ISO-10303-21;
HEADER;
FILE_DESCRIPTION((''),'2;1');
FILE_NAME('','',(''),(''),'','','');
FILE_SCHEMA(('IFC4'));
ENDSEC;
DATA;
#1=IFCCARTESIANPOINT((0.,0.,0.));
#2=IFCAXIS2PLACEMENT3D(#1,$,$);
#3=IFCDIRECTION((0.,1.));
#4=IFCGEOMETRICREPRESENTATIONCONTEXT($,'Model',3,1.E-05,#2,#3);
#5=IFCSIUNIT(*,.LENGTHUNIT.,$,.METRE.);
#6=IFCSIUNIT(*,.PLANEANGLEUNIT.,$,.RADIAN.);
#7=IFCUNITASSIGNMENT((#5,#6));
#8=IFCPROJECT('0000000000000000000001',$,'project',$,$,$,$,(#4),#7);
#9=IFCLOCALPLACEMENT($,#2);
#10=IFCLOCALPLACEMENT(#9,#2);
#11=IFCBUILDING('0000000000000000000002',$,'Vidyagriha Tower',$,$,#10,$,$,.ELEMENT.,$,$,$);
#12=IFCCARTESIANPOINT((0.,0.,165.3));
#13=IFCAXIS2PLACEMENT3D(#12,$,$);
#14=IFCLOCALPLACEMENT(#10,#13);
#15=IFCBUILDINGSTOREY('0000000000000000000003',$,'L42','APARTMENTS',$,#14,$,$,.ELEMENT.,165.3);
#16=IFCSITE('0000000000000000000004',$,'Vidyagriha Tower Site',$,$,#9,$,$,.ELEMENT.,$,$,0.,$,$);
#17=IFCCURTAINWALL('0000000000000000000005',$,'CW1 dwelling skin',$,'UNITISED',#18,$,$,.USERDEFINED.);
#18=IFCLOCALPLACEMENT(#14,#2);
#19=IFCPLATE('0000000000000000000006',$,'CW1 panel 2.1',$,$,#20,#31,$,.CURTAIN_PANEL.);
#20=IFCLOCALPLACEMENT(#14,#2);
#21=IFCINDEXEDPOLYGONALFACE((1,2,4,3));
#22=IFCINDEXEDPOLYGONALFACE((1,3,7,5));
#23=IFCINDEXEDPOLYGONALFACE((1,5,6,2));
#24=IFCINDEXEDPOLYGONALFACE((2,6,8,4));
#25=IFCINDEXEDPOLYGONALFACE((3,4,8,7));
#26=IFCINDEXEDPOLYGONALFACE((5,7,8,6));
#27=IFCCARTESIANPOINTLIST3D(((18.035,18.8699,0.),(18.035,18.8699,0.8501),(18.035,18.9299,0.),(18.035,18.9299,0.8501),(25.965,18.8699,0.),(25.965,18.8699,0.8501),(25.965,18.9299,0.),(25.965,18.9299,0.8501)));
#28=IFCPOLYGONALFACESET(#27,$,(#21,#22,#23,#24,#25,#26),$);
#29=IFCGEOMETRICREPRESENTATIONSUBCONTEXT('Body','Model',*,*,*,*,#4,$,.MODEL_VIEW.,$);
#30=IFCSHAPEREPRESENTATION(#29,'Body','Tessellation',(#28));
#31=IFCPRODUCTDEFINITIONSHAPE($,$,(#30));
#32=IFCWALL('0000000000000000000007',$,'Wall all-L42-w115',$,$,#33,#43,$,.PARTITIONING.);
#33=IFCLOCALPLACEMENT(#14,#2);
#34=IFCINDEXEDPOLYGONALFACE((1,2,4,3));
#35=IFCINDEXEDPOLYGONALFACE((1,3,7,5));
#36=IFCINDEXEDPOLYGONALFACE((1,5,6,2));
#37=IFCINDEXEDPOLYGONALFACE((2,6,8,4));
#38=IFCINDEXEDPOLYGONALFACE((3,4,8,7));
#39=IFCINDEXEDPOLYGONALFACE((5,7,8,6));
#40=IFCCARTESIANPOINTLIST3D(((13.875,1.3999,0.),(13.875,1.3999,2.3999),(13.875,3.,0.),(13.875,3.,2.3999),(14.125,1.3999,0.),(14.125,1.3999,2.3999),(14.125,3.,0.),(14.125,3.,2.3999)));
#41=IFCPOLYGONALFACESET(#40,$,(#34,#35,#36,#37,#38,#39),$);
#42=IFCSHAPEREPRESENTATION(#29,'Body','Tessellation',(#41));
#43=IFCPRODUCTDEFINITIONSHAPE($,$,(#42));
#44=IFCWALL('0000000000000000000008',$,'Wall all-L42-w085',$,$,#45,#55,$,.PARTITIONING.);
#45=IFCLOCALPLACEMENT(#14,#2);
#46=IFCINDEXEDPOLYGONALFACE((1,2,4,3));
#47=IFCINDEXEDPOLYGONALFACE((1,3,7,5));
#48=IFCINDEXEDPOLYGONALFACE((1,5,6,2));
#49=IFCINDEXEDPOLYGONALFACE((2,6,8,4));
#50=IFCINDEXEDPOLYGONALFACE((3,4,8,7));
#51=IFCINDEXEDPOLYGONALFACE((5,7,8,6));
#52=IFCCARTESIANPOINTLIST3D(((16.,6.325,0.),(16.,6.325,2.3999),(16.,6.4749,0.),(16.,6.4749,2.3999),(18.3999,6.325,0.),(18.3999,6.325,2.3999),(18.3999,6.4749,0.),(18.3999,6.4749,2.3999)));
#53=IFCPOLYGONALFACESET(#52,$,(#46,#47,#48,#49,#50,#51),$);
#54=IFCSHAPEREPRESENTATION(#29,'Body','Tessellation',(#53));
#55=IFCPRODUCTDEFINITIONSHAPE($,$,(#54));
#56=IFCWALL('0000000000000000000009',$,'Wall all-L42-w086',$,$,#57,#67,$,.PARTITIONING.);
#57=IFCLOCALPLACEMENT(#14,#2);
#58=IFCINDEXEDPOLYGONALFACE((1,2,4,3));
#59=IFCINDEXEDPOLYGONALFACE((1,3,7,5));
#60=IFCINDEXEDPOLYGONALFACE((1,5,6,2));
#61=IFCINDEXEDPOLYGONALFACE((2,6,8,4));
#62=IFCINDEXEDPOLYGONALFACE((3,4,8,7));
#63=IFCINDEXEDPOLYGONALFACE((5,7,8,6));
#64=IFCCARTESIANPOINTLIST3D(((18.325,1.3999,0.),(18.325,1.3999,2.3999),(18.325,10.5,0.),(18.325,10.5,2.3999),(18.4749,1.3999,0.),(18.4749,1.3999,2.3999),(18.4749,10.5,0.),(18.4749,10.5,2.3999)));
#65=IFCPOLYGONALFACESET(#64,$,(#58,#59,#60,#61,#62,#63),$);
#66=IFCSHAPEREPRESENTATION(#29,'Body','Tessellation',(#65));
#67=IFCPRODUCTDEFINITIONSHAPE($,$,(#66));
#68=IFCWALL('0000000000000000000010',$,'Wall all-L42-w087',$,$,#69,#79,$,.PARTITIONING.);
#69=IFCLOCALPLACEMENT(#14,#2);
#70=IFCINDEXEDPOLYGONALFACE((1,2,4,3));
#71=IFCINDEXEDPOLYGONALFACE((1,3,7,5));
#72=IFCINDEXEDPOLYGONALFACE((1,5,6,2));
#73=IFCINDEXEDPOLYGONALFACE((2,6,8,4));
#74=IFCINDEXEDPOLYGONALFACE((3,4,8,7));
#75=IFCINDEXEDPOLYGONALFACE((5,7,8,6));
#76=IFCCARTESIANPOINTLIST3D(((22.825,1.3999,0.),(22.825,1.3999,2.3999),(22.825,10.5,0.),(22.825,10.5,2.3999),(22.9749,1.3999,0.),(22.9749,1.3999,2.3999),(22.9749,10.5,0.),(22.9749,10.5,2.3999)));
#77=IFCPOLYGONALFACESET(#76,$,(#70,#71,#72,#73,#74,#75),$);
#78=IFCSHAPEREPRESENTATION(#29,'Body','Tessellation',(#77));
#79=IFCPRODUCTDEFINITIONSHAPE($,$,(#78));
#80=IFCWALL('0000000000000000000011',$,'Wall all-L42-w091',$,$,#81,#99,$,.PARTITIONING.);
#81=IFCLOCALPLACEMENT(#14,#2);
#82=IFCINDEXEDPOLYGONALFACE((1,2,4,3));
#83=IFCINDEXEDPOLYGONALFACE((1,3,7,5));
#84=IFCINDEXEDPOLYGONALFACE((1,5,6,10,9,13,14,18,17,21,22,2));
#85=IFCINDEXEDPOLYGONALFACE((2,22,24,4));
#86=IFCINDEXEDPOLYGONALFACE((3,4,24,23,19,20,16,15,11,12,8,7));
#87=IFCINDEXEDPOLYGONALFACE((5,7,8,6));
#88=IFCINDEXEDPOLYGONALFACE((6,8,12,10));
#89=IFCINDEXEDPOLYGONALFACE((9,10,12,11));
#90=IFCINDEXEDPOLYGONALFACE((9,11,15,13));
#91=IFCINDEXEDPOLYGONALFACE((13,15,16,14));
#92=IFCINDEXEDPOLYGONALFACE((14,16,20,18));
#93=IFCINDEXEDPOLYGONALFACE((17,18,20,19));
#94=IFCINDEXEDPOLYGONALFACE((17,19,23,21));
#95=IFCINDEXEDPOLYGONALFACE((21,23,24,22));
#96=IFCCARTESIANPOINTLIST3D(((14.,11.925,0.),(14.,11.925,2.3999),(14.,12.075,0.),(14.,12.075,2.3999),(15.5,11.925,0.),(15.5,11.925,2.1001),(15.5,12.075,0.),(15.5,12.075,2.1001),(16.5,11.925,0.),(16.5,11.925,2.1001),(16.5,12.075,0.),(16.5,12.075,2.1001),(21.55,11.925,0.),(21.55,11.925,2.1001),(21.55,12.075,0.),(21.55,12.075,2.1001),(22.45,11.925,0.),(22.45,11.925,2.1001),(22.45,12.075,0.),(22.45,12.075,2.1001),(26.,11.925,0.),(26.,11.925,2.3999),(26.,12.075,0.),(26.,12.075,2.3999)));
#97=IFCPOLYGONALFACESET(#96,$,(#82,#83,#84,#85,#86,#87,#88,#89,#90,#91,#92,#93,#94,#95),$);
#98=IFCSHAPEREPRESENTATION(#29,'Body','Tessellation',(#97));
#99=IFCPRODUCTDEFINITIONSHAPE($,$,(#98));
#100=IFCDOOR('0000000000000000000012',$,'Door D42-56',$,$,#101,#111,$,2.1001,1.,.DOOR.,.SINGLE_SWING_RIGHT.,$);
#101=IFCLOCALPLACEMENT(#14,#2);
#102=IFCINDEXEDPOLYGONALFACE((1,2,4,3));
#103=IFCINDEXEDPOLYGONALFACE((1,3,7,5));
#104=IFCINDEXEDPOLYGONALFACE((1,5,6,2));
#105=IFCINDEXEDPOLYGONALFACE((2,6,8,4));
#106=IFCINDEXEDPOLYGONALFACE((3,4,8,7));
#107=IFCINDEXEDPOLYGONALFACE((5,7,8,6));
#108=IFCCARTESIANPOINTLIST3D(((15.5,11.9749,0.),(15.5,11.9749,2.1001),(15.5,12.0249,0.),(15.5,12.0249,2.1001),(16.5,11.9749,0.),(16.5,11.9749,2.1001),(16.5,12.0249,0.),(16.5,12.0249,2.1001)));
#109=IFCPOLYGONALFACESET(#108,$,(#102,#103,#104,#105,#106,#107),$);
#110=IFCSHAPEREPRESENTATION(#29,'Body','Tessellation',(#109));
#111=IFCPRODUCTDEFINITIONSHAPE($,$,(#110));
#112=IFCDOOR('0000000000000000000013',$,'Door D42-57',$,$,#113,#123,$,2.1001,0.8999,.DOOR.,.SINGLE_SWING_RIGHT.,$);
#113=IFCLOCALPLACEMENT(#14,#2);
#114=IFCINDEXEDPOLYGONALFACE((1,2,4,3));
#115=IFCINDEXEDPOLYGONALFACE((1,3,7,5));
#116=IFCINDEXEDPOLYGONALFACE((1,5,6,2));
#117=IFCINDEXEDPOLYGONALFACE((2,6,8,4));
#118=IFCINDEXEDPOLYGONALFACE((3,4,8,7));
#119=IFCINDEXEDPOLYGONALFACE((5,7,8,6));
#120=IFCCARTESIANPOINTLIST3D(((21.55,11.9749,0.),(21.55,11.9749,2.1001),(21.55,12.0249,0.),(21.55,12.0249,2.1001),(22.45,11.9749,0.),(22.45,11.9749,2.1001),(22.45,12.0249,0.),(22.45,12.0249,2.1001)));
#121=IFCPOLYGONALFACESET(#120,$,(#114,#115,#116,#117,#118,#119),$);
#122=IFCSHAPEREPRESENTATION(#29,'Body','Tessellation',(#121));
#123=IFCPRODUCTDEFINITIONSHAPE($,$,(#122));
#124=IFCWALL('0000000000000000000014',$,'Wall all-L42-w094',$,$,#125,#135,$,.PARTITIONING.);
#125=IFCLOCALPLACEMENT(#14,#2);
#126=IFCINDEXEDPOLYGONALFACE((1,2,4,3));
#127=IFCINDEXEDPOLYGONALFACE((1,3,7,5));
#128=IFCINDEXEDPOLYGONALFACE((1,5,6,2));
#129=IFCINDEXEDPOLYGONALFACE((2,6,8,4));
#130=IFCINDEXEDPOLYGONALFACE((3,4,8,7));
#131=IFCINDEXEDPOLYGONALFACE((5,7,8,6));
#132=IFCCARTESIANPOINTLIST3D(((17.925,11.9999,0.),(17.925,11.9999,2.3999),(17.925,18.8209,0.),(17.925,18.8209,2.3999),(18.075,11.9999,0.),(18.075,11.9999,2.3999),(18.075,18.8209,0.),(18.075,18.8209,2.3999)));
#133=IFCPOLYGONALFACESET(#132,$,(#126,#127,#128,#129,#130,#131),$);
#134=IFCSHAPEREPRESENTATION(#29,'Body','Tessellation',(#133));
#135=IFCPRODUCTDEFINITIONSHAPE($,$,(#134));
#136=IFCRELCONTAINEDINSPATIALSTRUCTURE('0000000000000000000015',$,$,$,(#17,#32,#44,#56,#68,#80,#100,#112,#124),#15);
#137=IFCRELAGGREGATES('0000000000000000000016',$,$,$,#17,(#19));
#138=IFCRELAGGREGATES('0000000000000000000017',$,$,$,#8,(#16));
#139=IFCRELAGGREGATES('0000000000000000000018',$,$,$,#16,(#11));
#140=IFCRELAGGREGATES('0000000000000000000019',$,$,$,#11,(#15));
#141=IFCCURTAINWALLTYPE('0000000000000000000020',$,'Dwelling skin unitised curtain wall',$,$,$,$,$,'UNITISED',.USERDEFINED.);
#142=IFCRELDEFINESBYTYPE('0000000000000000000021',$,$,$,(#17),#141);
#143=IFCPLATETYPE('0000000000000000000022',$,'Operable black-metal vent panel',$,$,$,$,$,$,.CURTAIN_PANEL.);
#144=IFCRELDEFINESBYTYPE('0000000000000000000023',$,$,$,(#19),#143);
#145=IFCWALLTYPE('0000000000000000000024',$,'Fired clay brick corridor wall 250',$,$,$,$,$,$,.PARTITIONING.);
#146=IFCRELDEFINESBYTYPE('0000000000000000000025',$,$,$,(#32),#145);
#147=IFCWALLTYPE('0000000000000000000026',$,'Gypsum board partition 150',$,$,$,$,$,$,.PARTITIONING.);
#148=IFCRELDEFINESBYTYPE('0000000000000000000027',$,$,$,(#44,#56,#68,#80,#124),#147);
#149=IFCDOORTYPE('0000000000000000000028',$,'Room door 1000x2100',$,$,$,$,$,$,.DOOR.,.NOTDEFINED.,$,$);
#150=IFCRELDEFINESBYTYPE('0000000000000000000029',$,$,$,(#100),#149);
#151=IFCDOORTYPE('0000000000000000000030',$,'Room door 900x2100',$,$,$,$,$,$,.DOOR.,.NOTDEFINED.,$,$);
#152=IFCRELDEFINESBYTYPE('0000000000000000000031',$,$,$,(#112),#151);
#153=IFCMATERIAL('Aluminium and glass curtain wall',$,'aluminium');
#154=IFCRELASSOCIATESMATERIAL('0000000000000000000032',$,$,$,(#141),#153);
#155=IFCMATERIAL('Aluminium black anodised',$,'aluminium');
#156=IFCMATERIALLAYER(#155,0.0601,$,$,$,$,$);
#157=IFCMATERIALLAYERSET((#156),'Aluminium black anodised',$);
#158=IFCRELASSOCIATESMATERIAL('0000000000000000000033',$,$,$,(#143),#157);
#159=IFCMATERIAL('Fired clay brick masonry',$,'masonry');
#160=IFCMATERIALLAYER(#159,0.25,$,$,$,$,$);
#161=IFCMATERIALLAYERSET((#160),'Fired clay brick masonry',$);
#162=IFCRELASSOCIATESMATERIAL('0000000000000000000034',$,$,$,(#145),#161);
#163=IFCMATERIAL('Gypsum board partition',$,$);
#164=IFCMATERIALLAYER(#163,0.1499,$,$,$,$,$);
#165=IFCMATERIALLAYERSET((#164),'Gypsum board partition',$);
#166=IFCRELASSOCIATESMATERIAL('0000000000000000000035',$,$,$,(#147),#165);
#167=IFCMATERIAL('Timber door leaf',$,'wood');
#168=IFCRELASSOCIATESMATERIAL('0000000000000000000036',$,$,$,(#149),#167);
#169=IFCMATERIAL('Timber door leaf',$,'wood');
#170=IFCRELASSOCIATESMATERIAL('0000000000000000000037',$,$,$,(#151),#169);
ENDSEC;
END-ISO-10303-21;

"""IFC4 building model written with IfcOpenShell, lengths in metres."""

from ifc_helpers import new_model, si_unit, direction, frame, frame_2d, origin, origin_2d, place, context, subcontext, project, spatial, rectangle, extrude, material, layer, layer_set, type_object, element, fill, aggregate, save


model = new_model("IFC4")

# Units and contexts
model_context = context("Model", 3, precision=1e-05, world=origin(), true_north=direction((0.0, 1.0)))
body_context = subcontext(model_context, "Body", "Model", "MODEL_VIEW")
ifc_project = project(units=[si_unit("LENGTHUNIT", "METRE"), si_unit("PLANEANGLEUNIT", "RADIAN")], contexts=[model_context])

# Site, building, storey
site_placement = place(None, origin())
site = spatial("IfcSite", under=ifc_project, at=site_placement, Name="Vidyagriha Tower Site", CompositionType="ELEMENT", RefElevation=0.0)
building_placement = place(site_placement, origin())
building = spatial("IfcBuilding", under=site, at=building_placement, Name="Vidyagriha Tower", CompositionType="ELEMENT")
storey_placement = place(building_placement, frame((0.0, 0.0, 165.3)))
storey = spatial("IfcBuildingStorey", under=building, at=storey_placement, Name="L42", Description="APARTMENTS", CompositionType="ELEMENT", Elevation=165.3)

# Curtain wall, plate
ifc_material_1 = material(Name="Aluminium and glass curtain wall", Category="aluminium")
curtain_wall_type = type_object("IfcCurtainWallType", Name="Dwelling skin unitised curtain wall", ElementType="UNITISED", PredefinedType="USERDEFINED", material=ifc_material_1)
curtain_wall_placement = place(storey_placement, origin())
curtain_wall = element("IfcCurtainWall", 1, at=curtain_wall_placement, inside=storey, type_object=curtain_wall_type, Name="CW1 dwelling skin", ObjectType="UNITISED", PredefinedType="USERDEFINED")
ifc_material_2 = material(Name="Aluminium black anodised", Category="aluminium")
ifc_layer_1 = layer(ifc_material_2, 0.0601)
ifc_layer_set_1 = layer_set([ifc_layer_1], Name="Aluminium black anodised")
plate_type_1 = type_object("IfcPlateType", Name="Operable black-metal vent panel", PredefinedType="CURTAIN_PANEL", material=ifc_layer_set_1)
plate_1_placement = place(storey_placement, frame((22.0, 18.8999, 0.0), z_axis=(0.0, 0.0, 1.0), x_axis=(-1.0, 0.0, 0.0)))
plate_1 = element("IfcPlate", 2, at=plate_1_placement, type_object=plate_type_1, Name="CW1 panel 2.1", PredefinedType="CURTAIN_PANEL", context=body_context, shape_type="SweptSolid", body=[
    extrude(rectangle(XDim=7.9299, YDim=0.0601, at=origin_2d()), origin(), (0.0, 0.0, 1.0), 0.8501),
])
aggregate(curtain_wall, [plate_1])

# Walls
ifc_material_3 = material(Name="Fired clay brick masonry", Category="masonry")
ifc_layer_2 = layer(ifc_material_3, 0.25)
ifc_layer_set_2 = layer_set([ifc_layer_2], Name="Fired clay brick masonry")
wall_type_1 = type_object("IfcWallType", Name="Fired clay brick corridor wall 250", PredefinedType="PARTITIONING", material=ifc_layer_set_2)
wall_1_placement = place(storey_placement, frame((14.0, 1.3999, 0.0), z_axis=(0.0, 0.0, 1.0), x_axis=(0.0, 1.0, 0.0)))
element("IfcWall", 3, at=wall_1_placement, inside=storey, type_object=wall_type_1, Name="Wall all-L42-w115", PredefinedType="PARTITIONING", context=body_context, shape_type="SweptSolid", body=[
    extrude(rectangle(XDim=1.6001, YDim=0.25, at=frame_2d((0.8, 0.0))), origin(), (0.0, 0.0, 1.0), 2.3999),
])
ifc_material_4 = material(Name="Gypsum board partition")
ifc_layer_3 = layer(ifc_material_4, 0.1499)
ifc_layer_set_3 = layer_set([ifc_layer_3], Name="Gypsum board partition")
wall_type_2 = type_object("IfcWallType", Name="Gypsum board partition 150", PredefinedType="PARTITIONING", material=ifc_layer_set_3)
wall_2_placement = place(storey_placement, frame((16.0, 6.3999, 0.0)))
element("IfcWall", 4, at=wall_2_placement, inside=storey, type_object=wall_type_2, Name="Wall all-L42-w085", PredefinedType="PARTITIONING", context=body_context, shape_type="SweptSolid", body=[
    extrude(rectangle(XDim=2.3999, YDim=0.1499, at=frame_2d((1.2, 0.0))), origin(), (0.0, 0.0, 1.0), 2.3999),
])
for number, where, z_axis, x_axis, name in (
    (5, (18.3999, 10.5, 0.0), (0.0, 0.0, 1.0), (0.0, -1.0, 0.0), "Wall all-L42-w086"),
    (6, (22.8999, 10.5, 0.0), (0.0, 0.0, 1.0), (0.0, -1.0, 0.0), "Wall all-L42-w087"),
):
    element("IfcWall", number, at=place(storey_placement, frame(where, z_axis=z_axis, x_axis=x_axis)), inside=storey, type_object=wall_type_2, Name=name, PredefinedType="PARTITIONING", context=body_context, shape_type="SweptSolid", body=[
        extrude(rectangle(XDim=9.1001, YDim=0.1499, at=frame_2d((4.55, 0.0))), origin(), (0.0, 0.0, 1.0), 2.3999),
    ])

# Wall, openings, doors
wall_3_placement = place(storey_placement, frame((14.0, 12.0, 0.0)))
wall_3 = element("IfcWall", 7, at=wall_3_placement, inside=storey, type_object=wall_type_2, Name="Wall all-L42-w091", PredefinedType="PARTITIONING", context=body_context, shape_type="SweptSolid", body=[
    extrude(rectangle(XDim=12.0, YDim=0.1499, at=frame_2d((6.0, 0.0))), origin(), (0.0, 0.0, 1.0), 2.3999),
])
opening_1_placement = place(wall_3_placement, frame((1.5, 0.0, 0.0)))
opening_1 = element("IfcOpeningElement", 8, at=opening_1_placement, cuts=wall_3, PredefinedType="OPENING", context=body_context, shape_type="SweptSolid", body=[
    extrude(rectangle(XDim=1.0, YDim=2.1001, at=frame_2d((0.5, 1.05))), frame((0.0, 0.085, 0.0), z_axis=(0.0, -1.0, 0.0), x_axis=(1.0, 0.0, 0.0)), (0.0, 0.0, 1.0), 0.1699),
])
opening_2_placement = place(wall_3_placement, frame((7.55, 0.0, 0.0)))
opening_2 = element("IfcOpeningElement", 9, at=opening_2_placement, cuts=wall_3, PredefinedType="OPENING", context=body_context, shape_type="SweptSolid", body=[
    extrude(rectangle(XDim=0.8999, YDim=2.1001, at=frame_2d((0.45, 1.05))), frame((0.0, 0.085, 0.0), z_axis=(0.0, -1.0, 0.0), x_axis=(1.0, 0.0, 0.0)), (0.0, 0.0, 1.0), 0.1699),
])
ifc_material_5 = material(Name="Timber door leaf", Category="wood")
door_type_1 = type_object("IfcDoorType", Name="Room door 1000x2100", OperationType="NOTDEFINED", PredefinedType="DOOR", material=ifc_material_5)
door_1_placement = place(opening_1_placement, origin())
door_1 = element("IfcDoor", 10, at=door_1_placement, inside=storey, type_object=door_type_1, Name="Door D42-56", OperationType="SINGLE_SWING_RIGHT", OverallHeight=2.1001, OverallWidth=1.0, PredefinedType="DOOR", context=body_context, shape_type="SweptSolid", body=[
    extrude(rectangle(XDim=1.0, YDim=2.1001, at=frame_2d((0.5, 1.05))), frame((0.0, 0.0249, 0.0), z_axis=(0.0, -1.0, 0.0), x_axis=(1.0, 0.0, 0.0)), (0.0, 0.0, 1.0), 0.05),
])
fill(opening_1, door_1)
ifc_material_6 = material(Name="Timber door leaf", Category="wood")
door_type_2 = type_object("IfcDoorType", Name="Room door 900x2100", OperationType="NOTDEFINED", PredefinedType="DOOR", material=ifc_material_6)
door_2_placement = place(opening_2_placement, origin())
door_2 = element("IfcDoor", 11, at=door_2_placement, inside=storey, type_object=door_type_2, Name="Door D42-57", OperationType="SINGLE_SWING_RIGHT", OverallHeight=2.1001, OverallWidth=0.8999, PredefinedType="DOOR", context=body_context, shape_type="SweptSolid", body=[
    extrude(rectangle(XDim=0.8999, YDim=2.1001, at=frame_2d((0.45, 1.05))), frame((0.0, 0.0249, 0.0), z_axis=(0.0, -1.0, 0.0), x_axis=(1.0, 0.0, 0.0)), (0.0, 0.0, 1.0), 0.05),
])
fill(opening_2, door_2)

# Wall
wall_4_placement = place(storey_placement, frame((18.0, 18.821, 0.0), z_axis=(0.0, 0.0, 1.0), x_axis=(0.0, -1.0, 0.0)))
element("IfcWall", 12, at=wall_4_placement, inside=storey, type_object=wall_type_2, Name="Wall all-L42-w094", PredefinedType="PARTITIONING", context=body_context, shape_type="SweptSolid", body=[
    extrude(rectangle(XDim=6.821, YDim=0.1499, at=frame_2d((3.4106, 0.0))), origin(), (0.0, 0.0, 1.0), 2.3999),
])

save(model, "model.ifc")
